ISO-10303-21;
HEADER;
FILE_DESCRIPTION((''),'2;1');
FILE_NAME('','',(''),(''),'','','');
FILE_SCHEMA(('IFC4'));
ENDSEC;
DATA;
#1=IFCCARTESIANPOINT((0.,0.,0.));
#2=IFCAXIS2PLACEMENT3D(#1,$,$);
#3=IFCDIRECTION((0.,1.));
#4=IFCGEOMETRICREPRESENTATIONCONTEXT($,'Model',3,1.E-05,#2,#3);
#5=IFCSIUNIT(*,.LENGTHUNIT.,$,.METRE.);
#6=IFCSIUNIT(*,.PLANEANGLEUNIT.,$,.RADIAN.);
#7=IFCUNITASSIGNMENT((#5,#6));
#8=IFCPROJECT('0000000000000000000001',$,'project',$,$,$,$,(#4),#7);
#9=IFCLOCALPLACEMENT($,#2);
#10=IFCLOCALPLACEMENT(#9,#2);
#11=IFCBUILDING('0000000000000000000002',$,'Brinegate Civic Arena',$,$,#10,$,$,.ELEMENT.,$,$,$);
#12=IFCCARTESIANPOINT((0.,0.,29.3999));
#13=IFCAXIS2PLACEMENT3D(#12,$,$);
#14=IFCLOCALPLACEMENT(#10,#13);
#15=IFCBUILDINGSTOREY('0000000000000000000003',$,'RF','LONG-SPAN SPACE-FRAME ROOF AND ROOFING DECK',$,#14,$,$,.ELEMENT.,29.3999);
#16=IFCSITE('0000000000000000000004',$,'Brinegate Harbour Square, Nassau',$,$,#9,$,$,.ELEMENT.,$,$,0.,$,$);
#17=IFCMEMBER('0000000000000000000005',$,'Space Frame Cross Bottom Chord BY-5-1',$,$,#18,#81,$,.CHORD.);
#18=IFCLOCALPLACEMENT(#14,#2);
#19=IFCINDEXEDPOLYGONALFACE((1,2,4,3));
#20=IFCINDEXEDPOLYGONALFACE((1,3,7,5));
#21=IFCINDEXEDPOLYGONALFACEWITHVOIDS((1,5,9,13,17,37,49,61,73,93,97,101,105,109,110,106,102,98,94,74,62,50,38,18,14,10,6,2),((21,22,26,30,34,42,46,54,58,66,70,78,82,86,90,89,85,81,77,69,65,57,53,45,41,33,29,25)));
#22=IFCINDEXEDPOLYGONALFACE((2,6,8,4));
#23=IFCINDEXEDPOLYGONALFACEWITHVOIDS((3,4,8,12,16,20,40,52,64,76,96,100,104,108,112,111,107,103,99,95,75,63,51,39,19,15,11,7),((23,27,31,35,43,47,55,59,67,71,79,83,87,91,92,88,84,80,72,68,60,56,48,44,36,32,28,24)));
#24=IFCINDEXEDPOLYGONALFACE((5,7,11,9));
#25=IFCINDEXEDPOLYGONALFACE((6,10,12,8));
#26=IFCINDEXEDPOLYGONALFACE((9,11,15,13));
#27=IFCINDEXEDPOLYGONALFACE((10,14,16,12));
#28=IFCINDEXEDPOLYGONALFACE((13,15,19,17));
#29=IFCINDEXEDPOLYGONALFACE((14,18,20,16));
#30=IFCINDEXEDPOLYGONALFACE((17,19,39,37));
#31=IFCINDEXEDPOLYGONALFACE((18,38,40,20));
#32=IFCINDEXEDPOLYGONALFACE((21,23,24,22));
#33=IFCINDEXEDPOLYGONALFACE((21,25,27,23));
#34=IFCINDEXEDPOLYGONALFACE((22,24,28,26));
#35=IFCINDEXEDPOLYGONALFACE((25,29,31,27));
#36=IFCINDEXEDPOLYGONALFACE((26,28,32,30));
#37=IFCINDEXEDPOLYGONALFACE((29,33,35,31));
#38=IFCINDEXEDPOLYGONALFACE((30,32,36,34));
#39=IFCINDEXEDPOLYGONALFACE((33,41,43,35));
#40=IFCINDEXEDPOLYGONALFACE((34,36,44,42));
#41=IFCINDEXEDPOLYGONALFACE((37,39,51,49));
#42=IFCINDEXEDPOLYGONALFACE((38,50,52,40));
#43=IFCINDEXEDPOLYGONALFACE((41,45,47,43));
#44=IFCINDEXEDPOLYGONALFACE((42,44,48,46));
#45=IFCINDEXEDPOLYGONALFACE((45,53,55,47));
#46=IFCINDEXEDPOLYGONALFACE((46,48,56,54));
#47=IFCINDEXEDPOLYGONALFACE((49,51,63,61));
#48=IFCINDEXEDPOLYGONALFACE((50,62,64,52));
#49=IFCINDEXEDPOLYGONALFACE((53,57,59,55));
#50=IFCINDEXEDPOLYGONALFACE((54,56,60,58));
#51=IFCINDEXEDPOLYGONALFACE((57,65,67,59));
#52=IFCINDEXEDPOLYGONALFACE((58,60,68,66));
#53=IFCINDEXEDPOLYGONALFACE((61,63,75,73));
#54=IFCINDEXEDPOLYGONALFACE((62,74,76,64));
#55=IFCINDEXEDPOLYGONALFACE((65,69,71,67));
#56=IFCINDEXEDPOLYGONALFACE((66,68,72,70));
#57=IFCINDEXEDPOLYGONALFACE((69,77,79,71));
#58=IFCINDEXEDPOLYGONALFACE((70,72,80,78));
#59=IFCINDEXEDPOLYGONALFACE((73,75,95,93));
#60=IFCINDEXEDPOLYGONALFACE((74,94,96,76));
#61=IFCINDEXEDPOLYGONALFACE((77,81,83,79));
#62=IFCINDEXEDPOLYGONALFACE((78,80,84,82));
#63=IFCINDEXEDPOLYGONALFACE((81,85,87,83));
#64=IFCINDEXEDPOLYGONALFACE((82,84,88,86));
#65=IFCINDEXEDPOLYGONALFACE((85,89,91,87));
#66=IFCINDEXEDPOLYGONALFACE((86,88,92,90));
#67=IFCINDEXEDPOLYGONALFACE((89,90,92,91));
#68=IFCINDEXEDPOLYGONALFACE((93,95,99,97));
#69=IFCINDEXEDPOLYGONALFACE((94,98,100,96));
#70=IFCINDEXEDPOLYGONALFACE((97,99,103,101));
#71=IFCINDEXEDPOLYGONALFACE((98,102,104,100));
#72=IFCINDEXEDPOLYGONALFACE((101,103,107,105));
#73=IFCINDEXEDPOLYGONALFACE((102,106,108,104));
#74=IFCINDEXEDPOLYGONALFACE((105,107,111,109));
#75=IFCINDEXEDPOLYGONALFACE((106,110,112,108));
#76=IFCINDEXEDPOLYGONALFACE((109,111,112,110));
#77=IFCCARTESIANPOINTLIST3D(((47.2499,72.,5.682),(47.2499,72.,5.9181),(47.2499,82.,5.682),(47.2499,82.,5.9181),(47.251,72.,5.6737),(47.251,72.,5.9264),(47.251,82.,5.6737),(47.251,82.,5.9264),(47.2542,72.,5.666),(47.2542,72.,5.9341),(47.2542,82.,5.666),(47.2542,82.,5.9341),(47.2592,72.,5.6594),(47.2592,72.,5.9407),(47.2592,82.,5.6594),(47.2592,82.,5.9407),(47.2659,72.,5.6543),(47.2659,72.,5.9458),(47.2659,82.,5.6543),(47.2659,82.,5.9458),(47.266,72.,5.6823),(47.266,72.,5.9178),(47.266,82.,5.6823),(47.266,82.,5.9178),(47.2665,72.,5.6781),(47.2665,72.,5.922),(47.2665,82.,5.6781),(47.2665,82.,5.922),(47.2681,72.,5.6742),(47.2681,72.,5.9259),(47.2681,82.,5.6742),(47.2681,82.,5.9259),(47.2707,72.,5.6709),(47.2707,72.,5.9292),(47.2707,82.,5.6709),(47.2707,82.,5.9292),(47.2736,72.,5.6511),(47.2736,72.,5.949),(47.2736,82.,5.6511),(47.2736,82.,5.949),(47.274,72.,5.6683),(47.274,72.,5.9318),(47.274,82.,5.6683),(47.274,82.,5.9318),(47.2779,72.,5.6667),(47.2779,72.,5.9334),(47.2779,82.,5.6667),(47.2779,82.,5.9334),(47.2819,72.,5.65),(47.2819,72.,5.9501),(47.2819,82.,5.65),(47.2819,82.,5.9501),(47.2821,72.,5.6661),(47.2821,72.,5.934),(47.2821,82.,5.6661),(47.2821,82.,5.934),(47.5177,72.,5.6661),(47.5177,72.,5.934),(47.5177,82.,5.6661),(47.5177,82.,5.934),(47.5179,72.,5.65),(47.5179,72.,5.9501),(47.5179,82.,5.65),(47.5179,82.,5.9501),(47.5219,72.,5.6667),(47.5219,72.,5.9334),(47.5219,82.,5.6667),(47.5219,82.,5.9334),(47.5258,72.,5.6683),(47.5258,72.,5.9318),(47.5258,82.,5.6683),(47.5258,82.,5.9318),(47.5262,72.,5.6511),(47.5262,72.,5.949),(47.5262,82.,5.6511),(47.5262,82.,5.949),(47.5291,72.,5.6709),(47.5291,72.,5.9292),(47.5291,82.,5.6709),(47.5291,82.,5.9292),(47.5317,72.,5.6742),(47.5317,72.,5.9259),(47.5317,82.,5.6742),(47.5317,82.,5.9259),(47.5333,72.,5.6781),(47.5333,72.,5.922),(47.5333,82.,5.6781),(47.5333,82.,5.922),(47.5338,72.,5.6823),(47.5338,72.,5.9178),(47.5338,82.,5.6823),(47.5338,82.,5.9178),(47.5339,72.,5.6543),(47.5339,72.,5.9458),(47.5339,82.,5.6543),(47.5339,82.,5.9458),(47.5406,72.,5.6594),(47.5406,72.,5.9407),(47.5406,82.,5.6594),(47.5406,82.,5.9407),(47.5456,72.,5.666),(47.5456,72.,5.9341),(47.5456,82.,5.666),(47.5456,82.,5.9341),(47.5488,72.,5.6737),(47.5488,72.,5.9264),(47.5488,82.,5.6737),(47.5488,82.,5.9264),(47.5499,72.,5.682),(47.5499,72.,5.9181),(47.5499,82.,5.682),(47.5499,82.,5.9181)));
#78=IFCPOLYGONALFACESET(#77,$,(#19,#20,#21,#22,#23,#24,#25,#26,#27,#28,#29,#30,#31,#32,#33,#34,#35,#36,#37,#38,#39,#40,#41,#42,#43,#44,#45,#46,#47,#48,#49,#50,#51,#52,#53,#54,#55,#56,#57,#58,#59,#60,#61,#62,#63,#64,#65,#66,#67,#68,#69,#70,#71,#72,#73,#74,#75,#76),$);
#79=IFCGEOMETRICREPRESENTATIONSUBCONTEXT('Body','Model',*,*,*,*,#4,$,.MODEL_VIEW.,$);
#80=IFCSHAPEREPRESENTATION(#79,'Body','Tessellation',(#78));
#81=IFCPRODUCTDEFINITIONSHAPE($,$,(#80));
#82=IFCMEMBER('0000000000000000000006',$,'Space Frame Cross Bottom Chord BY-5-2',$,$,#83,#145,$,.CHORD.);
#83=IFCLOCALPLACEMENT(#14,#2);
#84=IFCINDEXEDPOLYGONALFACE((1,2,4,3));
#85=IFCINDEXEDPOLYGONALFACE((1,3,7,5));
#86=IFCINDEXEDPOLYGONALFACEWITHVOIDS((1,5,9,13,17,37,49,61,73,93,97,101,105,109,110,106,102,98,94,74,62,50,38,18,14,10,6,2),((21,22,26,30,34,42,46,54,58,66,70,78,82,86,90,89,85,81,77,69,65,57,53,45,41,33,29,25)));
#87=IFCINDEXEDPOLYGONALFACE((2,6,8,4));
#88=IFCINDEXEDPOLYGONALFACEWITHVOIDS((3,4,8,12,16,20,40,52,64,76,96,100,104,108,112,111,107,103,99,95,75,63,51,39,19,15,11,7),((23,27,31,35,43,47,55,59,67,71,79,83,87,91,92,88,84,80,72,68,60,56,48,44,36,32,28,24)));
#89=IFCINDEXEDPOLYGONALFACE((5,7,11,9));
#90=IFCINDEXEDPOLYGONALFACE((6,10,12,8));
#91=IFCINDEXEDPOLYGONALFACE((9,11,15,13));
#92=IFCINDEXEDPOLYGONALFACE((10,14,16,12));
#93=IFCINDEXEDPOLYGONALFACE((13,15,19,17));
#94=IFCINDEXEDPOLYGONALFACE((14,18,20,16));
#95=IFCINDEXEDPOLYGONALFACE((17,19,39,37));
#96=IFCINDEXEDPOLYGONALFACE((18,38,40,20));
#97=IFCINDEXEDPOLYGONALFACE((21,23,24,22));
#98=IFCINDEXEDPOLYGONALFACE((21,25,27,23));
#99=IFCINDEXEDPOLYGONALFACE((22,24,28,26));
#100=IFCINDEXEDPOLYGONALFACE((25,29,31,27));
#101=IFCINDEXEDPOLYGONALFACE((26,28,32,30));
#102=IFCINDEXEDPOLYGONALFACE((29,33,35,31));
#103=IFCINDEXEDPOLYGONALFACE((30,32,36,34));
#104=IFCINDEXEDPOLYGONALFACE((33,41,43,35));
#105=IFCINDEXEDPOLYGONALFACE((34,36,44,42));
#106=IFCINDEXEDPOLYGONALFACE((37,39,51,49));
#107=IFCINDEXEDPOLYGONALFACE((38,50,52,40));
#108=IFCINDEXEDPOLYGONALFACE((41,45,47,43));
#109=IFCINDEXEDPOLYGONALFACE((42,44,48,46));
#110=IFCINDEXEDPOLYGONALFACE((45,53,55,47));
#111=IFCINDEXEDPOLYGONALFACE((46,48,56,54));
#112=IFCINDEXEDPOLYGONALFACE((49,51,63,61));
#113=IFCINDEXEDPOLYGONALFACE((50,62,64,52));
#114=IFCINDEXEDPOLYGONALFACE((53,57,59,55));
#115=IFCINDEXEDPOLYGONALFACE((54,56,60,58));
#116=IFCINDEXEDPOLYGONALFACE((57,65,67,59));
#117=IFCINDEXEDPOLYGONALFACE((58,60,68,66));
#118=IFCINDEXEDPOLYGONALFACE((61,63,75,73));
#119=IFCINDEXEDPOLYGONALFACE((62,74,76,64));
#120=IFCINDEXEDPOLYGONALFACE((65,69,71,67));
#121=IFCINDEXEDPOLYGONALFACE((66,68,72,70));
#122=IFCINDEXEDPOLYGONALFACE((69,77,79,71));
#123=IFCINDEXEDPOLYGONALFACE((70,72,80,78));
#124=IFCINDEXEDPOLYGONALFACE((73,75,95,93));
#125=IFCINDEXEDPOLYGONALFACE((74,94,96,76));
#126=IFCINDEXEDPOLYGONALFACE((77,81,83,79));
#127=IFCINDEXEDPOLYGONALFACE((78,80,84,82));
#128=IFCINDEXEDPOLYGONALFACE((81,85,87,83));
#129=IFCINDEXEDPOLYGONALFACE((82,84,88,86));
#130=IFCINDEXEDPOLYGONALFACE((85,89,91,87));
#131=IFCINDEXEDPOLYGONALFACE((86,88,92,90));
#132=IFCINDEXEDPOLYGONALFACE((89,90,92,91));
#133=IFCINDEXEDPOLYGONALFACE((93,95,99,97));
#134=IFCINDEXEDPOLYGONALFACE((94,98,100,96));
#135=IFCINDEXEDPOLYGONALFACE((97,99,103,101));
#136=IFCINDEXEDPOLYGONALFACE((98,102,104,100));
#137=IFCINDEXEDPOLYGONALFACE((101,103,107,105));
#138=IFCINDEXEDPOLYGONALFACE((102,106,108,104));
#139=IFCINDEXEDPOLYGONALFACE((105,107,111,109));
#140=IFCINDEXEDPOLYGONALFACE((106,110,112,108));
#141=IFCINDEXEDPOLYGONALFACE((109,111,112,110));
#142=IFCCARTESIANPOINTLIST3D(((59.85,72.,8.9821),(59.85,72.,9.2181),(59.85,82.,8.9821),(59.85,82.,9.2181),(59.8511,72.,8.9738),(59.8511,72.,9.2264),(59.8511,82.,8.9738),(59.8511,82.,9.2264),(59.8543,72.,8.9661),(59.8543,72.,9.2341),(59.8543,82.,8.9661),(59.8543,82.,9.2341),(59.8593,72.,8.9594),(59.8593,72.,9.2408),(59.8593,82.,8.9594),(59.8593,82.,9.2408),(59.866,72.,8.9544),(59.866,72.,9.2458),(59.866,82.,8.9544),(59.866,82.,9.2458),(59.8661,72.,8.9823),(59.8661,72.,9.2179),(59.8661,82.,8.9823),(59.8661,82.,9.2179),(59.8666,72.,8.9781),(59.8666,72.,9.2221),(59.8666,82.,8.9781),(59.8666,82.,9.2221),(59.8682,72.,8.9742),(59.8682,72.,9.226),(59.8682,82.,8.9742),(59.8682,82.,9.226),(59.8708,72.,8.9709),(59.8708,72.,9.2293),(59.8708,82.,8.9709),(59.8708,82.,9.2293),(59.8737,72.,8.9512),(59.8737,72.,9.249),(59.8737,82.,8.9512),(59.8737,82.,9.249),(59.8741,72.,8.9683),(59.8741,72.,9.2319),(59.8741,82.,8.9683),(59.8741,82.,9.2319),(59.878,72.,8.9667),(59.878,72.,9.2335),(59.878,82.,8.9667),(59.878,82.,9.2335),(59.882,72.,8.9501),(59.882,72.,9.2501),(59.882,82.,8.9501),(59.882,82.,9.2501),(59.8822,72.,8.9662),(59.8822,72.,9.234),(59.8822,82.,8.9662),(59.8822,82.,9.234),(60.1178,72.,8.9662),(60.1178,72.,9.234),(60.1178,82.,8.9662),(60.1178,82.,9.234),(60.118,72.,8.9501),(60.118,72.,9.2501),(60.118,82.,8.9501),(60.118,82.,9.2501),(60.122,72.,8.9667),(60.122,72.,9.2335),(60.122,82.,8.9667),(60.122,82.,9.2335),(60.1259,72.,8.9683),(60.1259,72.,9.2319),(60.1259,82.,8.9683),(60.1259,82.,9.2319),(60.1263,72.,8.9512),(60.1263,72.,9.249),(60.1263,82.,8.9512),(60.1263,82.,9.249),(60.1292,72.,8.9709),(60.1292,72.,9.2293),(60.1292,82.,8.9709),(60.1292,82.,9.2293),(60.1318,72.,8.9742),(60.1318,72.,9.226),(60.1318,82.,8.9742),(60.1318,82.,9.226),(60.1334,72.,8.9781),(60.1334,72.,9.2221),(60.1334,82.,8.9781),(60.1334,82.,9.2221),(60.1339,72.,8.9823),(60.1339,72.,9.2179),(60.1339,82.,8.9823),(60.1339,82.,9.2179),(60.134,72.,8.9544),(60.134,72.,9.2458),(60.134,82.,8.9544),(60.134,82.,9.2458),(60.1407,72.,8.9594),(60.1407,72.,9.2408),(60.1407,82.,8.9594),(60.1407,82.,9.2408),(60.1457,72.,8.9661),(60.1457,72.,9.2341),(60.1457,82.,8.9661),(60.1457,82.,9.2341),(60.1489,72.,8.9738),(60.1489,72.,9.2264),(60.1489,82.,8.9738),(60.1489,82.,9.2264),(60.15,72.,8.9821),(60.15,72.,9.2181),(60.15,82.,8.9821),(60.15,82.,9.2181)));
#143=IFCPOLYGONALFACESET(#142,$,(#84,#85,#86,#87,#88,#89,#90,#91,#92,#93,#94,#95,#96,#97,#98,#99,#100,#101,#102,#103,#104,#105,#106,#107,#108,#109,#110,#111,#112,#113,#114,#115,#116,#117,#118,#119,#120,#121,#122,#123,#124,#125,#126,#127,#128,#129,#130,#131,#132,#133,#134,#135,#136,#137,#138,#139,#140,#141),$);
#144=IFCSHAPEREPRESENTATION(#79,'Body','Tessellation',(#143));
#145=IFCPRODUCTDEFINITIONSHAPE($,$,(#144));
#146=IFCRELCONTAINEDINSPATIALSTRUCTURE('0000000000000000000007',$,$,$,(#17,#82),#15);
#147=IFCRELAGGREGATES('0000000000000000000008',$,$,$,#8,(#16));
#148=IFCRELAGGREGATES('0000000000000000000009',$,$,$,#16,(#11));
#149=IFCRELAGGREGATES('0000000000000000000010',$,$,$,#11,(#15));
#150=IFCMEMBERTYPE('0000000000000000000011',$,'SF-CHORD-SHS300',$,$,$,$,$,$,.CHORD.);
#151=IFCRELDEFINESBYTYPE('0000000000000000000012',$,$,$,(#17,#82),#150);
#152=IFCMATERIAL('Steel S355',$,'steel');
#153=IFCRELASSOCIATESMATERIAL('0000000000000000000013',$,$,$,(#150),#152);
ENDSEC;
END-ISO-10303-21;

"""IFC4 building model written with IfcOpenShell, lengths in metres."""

from ifc_helpers import new_model, si_unit, direction, frame, origin, origin_2d, place, context, subcontext, project, spatial, hollow_rectangle, extrude, material, material_profile, profile_set, type_object, element, save


model = new_model("IFC4")

# Units and contexts
model_context = context("Model", 3, precision=1e-05, world=origin(), true_north=direction((0.0, 1.0)))
body_context = subcontext(model_context, "Body", "Model", "MODEL_VIEW")
ifc_project = project(units=[si_unit("LENGTHUNIT", "METRE"), si_unit("PLANEANGLEUNIT", "RADIAN")], contexts=[model_context])

# Site, building, storey
site_placement = place(None, origin())
site = spatial("IfcSite", under=ifc_project, at=site_placement, Name="Brinegate Harbour Square, Nassau", CompositionType="ELEMENT", RefElevation=0.0)
building_placement = place(site_placement, origin())
building = spatial("IfcBuilding", under=site, at=building_placement, Name="Brinegate Civic Arena", CompositionType="ELEMENT")
storey_placement = place(building_placement, frame((0.0, 0.0, 29.3999)))
storey = spatial("IfcBuildingStorey", under=building, at=storey_placement, Name="RF", Description="LONG-SPAN SPACE-FRAME ROOF AND ROOFING DECK", CompositionType="ELEMENT", Elevation=29.3999)

# Shared definitions
ifc_material_1 = material(Name="Steel S355", Category="steel")

# Members
ifc_material_profile_1 = material_profile(ifc_material_1, hollow_rectangle(XDim=0.3, YDim=0.3, WallThickness=0.0161, InnerFilletRadius=0.0161, OuterFilletRadius=0.032, at=origin_2d()), Name="SHS300X16")
ifc_profile_set_1 = profile_set([ifc_material_profile_1], Name="Steel S355")
member_type_1 = type_object("IfcMemberType", Name="SF-CHORD-SHS300", PredefinedType="CHORD", material=ifc_profile_set_1)
for number, where, z_axis, x_axis, name in (
    (1, (47.3999, 72.0, 5.8), (0.0, 1.0, 0.0), (-1.0, 0.0, 0.0), "Space Frame Cross Bottom Chord BY-5-1"),
    (2, (60.0, 72.0, 9.1001), (0.0, 1.0, 0.0), (-1.0, 0.0, 0.0), "Space Frame Cross Bottom Chord BY-5-2"),
):
    element("IfcMember", number, at=place(storey_placement, frame(where, z_axis=z_axis, x_axis=x_axis)), inside=storey, type_object=member_type_1, Name=name, PredefinedType="CHORD", context=body_context, shape_type="SweptSolid", body=[
        extrude(hollow_rectangle(XDim=0.3, YDim=0.3, WallThickness=0.0161, InnerFilletRadius=0.0161, OuterFilletRadius=0.032, at=origin_2d()), origin(), (0.0, 0.0, 1.0), 10.0),
    ])

save(model, "model.ifc")
